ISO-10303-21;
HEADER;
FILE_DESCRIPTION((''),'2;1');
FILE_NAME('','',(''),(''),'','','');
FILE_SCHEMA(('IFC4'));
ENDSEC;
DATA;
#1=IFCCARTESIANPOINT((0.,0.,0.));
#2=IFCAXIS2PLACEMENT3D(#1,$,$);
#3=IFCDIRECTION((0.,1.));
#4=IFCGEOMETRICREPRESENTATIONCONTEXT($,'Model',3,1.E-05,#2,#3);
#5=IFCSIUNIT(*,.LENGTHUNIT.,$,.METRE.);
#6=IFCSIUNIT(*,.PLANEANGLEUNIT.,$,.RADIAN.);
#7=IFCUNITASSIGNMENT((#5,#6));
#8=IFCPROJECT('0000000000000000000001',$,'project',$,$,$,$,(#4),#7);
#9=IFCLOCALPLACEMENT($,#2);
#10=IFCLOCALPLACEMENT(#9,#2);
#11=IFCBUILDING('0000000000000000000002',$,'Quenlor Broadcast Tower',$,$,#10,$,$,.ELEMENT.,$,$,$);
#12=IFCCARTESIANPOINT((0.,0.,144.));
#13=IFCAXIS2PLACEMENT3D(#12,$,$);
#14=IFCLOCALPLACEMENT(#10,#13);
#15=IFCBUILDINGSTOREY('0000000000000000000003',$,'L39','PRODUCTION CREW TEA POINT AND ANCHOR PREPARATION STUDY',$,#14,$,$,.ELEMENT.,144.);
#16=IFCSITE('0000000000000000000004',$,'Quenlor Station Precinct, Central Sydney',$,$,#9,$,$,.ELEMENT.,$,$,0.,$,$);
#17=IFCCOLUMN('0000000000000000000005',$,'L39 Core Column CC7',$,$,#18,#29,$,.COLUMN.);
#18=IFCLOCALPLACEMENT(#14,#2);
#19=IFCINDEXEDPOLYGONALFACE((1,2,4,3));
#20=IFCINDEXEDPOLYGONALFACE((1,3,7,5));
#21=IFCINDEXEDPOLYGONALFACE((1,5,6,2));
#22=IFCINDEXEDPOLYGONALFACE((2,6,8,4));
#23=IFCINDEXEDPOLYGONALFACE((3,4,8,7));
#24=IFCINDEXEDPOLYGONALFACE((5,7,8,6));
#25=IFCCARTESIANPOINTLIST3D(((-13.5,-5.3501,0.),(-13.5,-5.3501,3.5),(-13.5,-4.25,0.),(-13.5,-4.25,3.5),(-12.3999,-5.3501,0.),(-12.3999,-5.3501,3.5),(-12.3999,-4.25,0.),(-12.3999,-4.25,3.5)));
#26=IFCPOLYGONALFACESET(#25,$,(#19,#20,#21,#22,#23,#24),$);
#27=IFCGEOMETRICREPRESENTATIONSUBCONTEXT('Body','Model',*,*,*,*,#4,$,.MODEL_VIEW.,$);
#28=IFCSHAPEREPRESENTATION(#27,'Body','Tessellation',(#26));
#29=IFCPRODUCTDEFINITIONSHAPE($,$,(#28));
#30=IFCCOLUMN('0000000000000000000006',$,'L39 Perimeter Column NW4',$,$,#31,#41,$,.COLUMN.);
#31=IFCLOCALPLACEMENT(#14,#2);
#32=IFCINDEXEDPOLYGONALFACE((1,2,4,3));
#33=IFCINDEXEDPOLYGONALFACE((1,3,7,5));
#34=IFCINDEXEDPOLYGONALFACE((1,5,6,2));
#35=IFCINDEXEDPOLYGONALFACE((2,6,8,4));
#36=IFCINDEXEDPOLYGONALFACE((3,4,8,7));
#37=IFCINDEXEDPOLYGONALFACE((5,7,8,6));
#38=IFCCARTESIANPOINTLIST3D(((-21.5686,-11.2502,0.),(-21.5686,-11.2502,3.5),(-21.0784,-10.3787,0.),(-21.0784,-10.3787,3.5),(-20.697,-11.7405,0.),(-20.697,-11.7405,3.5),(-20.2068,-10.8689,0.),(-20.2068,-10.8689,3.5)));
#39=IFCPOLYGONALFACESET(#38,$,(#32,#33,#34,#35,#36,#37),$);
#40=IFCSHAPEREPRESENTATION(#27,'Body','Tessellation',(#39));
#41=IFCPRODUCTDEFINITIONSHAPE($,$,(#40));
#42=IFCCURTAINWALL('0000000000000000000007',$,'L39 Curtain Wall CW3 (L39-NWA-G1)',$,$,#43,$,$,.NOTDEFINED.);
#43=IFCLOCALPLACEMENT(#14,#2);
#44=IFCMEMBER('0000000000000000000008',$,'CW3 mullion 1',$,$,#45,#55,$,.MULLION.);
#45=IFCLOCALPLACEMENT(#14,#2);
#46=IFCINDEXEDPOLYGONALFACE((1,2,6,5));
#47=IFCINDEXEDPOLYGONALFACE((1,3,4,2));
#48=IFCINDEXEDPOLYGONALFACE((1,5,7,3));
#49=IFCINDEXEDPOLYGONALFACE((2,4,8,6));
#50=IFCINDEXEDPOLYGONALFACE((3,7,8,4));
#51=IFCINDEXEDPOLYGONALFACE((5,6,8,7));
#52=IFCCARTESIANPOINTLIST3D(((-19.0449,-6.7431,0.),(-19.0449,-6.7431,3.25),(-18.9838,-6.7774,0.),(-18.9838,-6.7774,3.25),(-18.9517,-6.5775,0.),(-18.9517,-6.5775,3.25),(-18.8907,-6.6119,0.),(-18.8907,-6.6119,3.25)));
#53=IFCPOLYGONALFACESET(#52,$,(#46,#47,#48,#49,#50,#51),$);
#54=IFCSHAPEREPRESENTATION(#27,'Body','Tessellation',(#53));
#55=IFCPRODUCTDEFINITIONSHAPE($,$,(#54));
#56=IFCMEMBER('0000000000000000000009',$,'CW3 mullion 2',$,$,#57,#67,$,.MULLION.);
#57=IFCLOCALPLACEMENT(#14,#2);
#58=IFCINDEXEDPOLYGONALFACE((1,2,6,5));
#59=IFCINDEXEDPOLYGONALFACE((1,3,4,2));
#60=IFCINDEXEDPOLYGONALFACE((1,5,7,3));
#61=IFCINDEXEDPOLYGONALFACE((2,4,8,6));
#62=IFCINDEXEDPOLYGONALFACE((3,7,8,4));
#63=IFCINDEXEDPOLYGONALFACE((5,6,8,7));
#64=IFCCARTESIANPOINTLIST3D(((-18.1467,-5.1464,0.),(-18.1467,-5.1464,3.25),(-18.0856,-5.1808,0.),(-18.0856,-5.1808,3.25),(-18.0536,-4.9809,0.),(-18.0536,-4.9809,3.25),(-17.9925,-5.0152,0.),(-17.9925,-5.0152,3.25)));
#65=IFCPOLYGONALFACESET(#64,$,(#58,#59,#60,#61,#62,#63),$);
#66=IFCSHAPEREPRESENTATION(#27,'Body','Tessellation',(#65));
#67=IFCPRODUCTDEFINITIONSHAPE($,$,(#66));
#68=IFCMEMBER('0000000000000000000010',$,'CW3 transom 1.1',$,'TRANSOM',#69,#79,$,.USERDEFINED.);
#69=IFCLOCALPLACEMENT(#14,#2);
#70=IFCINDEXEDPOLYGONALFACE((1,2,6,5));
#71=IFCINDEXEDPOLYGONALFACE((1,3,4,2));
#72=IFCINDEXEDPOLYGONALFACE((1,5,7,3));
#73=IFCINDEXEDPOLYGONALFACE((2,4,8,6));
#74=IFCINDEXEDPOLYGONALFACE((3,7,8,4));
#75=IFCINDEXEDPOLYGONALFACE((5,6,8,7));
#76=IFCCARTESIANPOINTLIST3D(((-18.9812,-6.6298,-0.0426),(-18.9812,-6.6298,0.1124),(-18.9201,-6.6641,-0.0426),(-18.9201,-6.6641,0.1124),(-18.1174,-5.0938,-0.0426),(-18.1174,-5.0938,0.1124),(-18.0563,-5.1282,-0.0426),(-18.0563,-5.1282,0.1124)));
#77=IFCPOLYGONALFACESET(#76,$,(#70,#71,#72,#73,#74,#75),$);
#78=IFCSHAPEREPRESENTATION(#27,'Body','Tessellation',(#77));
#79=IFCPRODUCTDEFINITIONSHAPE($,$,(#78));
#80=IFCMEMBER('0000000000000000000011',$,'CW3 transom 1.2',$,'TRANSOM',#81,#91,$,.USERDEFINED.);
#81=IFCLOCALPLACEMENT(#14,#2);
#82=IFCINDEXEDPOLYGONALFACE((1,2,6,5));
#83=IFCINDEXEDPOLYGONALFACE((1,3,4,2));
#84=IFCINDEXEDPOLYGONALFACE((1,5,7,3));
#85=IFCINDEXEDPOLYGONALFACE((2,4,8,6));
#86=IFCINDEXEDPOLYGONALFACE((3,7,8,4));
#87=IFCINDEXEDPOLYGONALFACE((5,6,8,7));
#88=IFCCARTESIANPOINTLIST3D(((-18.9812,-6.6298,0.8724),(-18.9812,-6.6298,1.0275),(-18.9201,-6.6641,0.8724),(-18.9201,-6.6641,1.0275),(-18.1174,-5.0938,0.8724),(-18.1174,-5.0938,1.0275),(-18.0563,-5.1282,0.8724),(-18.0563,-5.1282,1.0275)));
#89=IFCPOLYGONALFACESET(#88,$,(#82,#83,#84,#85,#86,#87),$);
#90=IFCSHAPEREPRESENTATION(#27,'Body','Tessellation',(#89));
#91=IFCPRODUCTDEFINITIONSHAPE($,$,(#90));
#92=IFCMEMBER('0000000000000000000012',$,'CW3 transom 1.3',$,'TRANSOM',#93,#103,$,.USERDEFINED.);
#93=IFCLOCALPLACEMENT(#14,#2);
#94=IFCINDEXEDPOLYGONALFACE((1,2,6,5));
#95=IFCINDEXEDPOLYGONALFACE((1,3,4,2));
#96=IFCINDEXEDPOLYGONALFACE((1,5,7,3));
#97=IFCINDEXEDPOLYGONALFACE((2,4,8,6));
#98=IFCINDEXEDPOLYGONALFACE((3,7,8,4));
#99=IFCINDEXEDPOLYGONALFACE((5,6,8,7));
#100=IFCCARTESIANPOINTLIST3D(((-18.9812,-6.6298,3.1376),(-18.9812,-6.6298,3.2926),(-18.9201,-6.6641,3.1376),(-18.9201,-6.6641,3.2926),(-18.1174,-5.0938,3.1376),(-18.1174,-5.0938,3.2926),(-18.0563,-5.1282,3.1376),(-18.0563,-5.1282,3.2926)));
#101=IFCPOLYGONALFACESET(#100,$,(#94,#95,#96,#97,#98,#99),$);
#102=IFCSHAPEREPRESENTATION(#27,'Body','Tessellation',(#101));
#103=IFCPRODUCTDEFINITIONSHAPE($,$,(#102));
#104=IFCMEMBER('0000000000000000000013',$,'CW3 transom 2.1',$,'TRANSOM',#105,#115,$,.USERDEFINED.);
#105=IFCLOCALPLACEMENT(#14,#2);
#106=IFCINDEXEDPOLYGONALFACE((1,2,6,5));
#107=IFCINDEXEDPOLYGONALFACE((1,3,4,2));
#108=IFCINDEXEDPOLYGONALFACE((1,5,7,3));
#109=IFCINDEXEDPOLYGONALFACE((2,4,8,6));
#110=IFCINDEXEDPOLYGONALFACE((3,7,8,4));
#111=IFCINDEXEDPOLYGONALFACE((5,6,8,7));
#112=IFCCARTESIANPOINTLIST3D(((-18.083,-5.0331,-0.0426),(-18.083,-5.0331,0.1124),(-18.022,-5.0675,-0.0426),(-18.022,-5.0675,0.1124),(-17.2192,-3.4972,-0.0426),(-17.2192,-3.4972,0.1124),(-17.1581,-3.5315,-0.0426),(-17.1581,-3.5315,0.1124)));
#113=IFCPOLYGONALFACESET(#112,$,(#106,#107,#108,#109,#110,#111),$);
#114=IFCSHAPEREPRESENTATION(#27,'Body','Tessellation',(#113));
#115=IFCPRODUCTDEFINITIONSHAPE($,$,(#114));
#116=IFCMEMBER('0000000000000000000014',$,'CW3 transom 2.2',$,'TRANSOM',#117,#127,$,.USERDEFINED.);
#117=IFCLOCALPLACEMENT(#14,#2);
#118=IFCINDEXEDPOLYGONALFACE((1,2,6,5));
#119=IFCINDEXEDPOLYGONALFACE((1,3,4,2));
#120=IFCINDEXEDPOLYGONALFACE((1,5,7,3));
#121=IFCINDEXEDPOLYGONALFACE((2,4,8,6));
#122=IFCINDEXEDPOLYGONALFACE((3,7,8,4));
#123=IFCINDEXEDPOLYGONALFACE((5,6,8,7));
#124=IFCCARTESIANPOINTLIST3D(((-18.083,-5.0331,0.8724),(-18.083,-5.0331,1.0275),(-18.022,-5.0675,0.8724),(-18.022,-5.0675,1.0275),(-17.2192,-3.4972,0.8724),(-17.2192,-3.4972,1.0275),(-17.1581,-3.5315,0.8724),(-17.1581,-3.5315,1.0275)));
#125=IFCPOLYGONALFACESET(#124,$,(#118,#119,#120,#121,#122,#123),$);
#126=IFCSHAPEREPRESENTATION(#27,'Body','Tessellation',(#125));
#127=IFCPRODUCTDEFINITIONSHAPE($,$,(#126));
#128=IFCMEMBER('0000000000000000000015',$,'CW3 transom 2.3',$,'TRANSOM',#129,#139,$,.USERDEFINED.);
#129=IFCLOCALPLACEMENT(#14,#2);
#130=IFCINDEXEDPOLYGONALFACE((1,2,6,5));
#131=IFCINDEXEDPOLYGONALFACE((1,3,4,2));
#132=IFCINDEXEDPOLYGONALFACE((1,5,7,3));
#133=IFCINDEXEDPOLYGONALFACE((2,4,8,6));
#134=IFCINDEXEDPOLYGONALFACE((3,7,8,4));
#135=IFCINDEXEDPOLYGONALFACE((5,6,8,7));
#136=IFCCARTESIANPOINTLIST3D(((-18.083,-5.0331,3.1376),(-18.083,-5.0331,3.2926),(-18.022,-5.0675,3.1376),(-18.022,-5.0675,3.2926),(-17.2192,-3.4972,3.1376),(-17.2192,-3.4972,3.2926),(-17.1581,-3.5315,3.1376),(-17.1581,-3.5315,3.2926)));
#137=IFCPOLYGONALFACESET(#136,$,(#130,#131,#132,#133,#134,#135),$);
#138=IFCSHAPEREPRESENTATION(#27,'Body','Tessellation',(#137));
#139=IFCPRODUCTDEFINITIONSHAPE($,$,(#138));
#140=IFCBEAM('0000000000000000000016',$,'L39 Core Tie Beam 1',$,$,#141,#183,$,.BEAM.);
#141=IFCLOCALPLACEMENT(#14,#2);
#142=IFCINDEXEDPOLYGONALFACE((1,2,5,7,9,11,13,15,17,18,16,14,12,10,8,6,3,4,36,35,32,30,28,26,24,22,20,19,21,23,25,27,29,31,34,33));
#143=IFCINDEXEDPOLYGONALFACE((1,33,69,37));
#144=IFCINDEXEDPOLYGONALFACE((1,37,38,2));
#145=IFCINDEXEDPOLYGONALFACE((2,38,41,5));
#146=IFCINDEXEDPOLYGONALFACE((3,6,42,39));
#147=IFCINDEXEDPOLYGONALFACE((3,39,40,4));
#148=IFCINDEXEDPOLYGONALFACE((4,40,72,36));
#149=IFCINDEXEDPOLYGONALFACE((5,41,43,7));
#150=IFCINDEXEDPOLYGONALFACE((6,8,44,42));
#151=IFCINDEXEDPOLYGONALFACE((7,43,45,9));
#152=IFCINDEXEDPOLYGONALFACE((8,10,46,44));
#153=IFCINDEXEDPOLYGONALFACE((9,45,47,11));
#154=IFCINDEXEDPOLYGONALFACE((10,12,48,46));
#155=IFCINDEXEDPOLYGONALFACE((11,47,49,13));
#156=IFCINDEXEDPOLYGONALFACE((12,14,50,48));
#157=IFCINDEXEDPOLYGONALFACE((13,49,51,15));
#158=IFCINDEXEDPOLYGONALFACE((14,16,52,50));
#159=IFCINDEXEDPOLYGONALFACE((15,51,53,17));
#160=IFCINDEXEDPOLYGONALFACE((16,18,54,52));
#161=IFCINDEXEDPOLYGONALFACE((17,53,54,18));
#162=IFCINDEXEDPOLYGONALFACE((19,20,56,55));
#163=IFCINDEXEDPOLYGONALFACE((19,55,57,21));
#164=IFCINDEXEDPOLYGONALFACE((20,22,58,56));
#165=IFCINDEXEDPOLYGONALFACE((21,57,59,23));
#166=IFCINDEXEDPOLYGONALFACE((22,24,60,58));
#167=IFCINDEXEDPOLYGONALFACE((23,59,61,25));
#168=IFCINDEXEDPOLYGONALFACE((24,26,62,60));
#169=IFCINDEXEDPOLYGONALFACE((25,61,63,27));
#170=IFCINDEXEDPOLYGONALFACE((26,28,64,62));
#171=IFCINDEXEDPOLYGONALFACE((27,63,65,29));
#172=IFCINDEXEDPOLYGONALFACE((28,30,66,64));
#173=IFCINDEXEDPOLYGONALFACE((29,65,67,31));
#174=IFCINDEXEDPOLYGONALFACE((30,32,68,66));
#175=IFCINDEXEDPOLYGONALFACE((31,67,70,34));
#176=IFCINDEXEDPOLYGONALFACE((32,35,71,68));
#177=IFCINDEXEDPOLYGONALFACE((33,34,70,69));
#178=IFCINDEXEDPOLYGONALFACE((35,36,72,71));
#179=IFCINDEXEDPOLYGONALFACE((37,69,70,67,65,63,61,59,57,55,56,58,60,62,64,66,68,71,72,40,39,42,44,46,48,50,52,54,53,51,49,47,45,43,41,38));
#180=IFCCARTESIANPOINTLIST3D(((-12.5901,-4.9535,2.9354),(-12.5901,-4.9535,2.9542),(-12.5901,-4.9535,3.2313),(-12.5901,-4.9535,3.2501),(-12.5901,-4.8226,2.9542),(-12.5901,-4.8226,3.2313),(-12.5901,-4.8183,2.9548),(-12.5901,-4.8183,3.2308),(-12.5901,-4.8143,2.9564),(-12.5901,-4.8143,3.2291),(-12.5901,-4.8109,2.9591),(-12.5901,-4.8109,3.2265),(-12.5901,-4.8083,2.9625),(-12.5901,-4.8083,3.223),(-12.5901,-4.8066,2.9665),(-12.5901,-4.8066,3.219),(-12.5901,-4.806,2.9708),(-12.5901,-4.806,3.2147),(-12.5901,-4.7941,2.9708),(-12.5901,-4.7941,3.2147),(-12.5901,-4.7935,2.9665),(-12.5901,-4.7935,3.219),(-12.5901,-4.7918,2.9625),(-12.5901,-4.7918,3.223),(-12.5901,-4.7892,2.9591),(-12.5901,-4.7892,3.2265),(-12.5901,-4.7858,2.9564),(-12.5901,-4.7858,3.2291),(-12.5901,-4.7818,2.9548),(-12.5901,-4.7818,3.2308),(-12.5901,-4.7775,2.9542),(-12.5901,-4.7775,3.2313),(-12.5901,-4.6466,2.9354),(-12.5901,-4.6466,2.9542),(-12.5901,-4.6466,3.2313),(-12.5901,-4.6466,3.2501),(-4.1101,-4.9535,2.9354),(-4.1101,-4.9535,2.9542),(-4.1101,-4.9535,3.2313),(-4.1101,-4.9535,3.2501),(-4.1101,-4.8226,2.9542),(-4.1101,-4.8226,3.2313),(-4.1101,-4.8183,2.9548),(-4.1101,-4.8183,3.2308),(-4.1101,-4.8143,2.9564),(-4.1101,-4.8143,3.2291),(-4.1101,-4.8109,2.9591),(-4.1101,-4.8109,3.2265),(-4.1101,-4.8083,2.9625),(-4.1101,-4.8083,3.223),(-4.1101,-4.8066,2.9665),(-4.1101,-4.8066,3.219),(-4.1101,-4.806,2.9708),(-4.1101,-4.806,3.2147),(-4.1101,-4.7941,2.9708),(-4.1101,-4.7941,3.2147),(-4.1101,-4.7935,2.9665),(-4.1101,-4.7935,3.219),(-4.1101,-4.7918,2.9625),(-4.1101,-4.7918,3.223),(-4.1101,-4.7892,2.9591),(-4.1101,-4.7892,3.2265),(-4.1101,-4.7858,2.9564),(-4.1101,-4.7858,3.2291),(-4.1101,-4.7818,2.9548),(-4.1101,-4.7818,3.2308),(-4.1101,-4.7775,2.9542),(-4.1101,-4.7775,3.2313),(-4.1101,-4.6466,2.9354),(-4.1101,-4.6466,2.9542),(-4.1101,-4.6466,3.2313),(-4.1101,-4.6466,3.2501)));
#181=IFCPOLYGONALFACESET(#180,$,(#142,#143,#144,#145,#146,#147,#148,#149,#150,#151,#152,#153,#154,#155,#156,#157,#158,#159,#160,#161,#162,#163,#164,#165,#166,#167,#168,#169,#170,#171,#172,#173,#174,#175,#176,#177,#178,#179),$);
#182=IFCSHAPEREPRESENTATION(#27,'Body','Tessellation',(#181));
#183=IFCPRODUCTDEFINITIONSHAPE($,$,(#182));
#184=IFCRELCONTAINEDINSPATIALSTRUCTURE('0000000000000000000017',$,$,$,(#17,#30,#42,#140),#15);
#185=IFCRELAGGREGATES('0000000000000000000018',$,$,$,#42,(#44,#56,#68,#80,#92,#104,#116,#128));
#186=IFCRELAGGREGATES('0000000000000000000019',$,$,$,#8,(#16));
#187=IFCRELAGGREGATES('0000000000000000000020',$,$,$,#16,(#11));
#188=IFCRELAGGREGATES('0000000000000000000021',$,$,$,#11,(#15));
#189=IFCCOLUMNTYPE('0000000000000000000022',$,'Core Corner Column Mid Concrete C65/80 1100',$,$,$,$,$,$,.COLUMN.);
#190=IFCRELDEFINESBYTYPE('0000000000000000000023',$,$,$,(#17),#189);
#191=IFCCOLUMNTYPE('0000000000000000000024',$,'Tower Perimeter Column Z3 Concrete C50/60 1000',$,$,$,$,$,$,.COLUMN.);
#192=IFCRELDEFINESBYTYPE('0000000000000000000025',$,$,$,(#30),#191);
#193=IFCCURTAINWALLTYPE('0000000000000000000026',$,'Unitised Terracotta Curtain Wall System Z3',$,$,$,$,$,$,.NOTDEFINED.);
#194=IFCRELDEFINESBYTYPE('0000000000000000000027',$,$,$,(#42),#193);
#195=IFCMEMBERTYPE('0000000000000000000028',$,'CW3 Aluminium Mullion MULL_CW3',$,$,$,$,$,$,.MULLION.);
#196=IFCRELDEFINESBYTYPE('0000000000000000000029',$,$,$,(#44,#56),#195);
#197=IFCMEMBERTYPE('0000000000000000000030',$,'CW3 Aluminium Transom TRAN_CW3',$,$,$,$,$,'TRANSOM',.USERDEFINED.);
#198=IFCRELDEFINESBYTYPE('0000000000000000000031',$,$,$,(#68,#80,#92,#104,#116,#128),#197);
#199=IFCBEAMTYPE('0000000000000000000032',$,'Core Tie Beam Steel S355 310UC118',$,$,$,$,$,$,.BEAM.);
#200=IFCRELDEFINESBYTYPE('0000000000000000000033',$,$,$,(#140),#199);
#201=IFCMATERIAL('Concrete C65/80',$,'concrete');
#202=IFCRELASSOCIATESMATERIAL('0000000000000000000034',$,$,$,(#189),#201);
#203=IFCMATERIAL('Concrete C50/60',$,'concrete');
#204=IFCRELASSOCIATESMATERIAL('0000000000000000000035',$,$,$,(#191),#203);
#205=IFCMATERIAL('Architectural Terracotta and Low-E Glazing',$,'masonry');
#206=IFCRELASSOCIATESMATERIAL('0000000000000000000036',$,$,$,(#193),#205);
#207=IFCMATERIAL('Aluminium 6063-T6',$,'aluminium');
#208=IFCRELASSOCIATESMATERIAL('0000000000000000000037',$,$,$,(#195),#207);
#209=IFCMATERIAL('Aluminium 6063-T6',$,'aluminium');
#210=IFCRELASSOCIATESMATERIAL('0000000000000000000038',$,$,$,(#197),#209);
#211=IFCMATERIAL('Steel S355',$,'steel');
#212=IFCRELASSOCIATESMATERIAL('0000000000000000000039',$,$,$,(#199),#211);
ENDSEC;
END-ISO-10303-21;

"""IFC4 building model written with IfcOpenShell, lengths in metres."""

from ifc_helpers import new_model, si_unit, direction, frame, origin, origin_2d, place, context, subcontext, project, spatial, rectangle, i_section, extrude, material, material_profile, profile_set, type_object, element, aggregate, save


model = new_model("IFC4")

# Units and contexts
model_context = context("Model", 3, precision=1e-05, world=origin(), true_north=direction((0.0, 1.0)))
body_context = subcontext(model_context, "Body", "Model", "MODEL_VIEW")
ifc_project = project(units=[si_unit("LENGTHUNIT", "METRE"), si_unit("PLANEANGLEUNIT", "RADIAN")], contexts=[model_context])

# Site, building, storey
site_placement = place(None, origin())
site = spatial("IfcSite", under=ifc_project, at=site_placement, Name="Quenlor Station Precinct, Central Sydney", CompositionType="ELEMENT", RefElevation=0.0)
building_placement = place(site_placement, origin())
building = spatial("IfcBuilding", under=site, at=building_placement, Name="Quenlor Broadcast Tower", CompositionType="ELEMENT")
storey_placement = place(building_placement, frame((0.0, 0.0, 144.0)))
storey = spatial("IfcBuildingStorey", under=building, at=storey_placement, Name="L39", Description="PRODUCTION CREW TEA POINT AND ANCHOR PREPARATION STUDY", CompositionType="ELEMENT", Elevation=144.0)

# Columns
ifc_material_1 = material(Name="Concrete C65/80", Category="concrete")
ifc_material_profile_1 = material_profile(ifc_material_1, rectangle(XDim=1.1001, YDim=1.1001, at=origin_2d()))
ifc_profile_set_1 = profile_set([ifc_material_profile_1], Name="Concrete C65/80 RC1100x1100")
column_type_1 = type_object("IfcColumnType", Name="Core Corner Column Mid Concrete C65/80 1100", PredefinedType="COLUMN", material=ifc_profile_set_1)
column_1_placement = place(storey_placement, frame((-12.95, -4.8, 0.0), z_axis=(0.0, 0.0, 1.0), x_axis=(1.0, 0.0, 0.0)))
element("IfcColumn", 1, at=column_1_placement, inside=storey, type_object=column_type_1, Name="L39 Core Column CC7", PredefinedType="COLUMN", context=body_context, shape_type="SweptSolid", body=[
    extrude(rectangle(XDim=1.1001, YDim=1.1001, at=origin_2d()), origin(), (0.0, 0.0, 1.0), 3.5),
])
ifc_material_2 = material(Name="Concrete C50/60", Category="concrete")
ifc_material_profile_2 = material_profile(ifc_material_2, rectangle(XDim=1.0, YDim=1.0, at=origin_2d()))
ifc_profile_set_2 = profile_set([ifc_material_profile_2], Name="Concrete C50/60 RC1000x1000")
column_type_2 = type_object("IfcColumnType", Name="Tower Perimeter Column Z3 Concrete C50/60 1000", PredefinedType="COLUMN", material=ifc_profile_set_2)
column_2_placement = place(storey_placement, frame((-20.8877, -11.0596, 0.0), z_axis=(0.0, 0.0, 1.0), x_axis=(-0.871575, 0.490262, 0.0)))
element("IfcColumn", 2, at=column_2_placement, inside=storey, type_object=column_type_2, Name="L39 Perimeter Column NW4", PredefinedType="COLUMN", context=body_context, shape_type="SweptSolid", body=[
    extrude(rectangle(XDim=1.0, YDim=1.0, at=origin_2d()), origin(), (0.0, 0.0, 1.0), 3.5),
])

# Curtain wall, members
ifc_material_3 = material(Name="Architectural Terracotta and Low-E Glazing", Category="masonry")
curtain_wall_type = type_object("IfcCurtainWallType", Name="Unitised Terracotta Curtain Wall System Z3", PredefinedType="NOTDEFINED", material=ifc_material_3)
curtain_wall_placement = place(storey_placement, origin())
curtain_wall = element("IfcCurtainWall", 3, at=curtain_wall_placement, inside=storey, type_object=curtain_wall_type, Name="L39 Curtain Wall CW3 (L39-NWA-G1)", PredefinedType="NOTDEFINED")
ifc_material_4 = material(Name="Aluminium 6063-T6", Category="aluminium")
ifc_material_profile_3 = material_profile(ifc_material_4, rectangle(XDim=0.0701, YDim=0.1899, at=origin_2d()))
ifc_profile_set_3 = profile_set([ifc_material_profile_3], Name="Aluminium 6063-T6 MULL70x190")
member_type_1 = type_object("IfcMemberType", Name="CW3 Aluminium Mullion MULL_CW3", PredefinedType="MULLION", material=ifc_profile_set_3)
member_1_placement = place(storey_placement, frame((-18.9678, -6.6775, 0.0), z_axis=(0.0, 0.0, 1.0), x_axis=(-0.871577, 0.490259, 0.0)))
member_1 = element("IfcMember", 4, at=member_1_placement, type_object=member_type_1, Name="CW3 mullion 1", PredefinedType="MULLION", context=body_context, shape_type="SweptSolid", body=[
    extrude(rectangle(XDim=0.0701, YDim=0.1899, at=origin_2d()), origin(), (0.0, 0.0, 1.0), 3.25),
])
member_2_placement = place(storey_placement, frame((-18.0696, -5.0808, 0.0), z_axis=(0.0, 0.0, 1.0), x_axis=(-0.871577, 0.490259, 0.0)))
member_2 = element("IfcMember", 5, at=member_2_placement, type_object=member_type_1, Name="CW3 mullion 2", PredefinedType="MULLION", context=body_context, shape_type="SweptSolid", body=[
    extrude(rectangle(XDim=0.0701, YDim=0.1899, at=origin_2d()), origin(), (0.0, 0.0, 1.0), 3.25),
])
ifc_material_5 = material(Name="Aluminium 6063-T6", Category="aluminium")
ifc_material_profile_4 = material_profile(ifc_material_5, rectangle(XDim=0.0701, YDim=0.155, at=origin_2d()))
ifc_profile_set_4 = profile_set([ifc_material_profile_4], Name="Aluminium 6063-T6 TRAN70x155")
member_type_2 = type_object("IfcMemberType", Name="CW3 Aluminium Transom TRAN_CW3", ElementType="TRANSOM", PredefinedType="USERDEFINED", material=ifc_profile_set_4)
member_3_placement = place(storey_placement, frame((-18.9507, -6.647, 0.0349), z_axis=(0.490189, 0.871616, 0.0), x_axis=(-0.871616, 0.490189, 0.0)))
member_3 = element("IfcMember", 6, at=member_3_placement, type_object=member_type_2, Name="CW3 transom 1.1", ObjectType="TRANSOM", PredefinedType="USERDEFINED", context=body_context, shape_type="SweptSolid", body=[
    extrude(rectangle(XDim=0.0701, YDim=0.155, at=origin_2d()), origin(), (0.0, 0.0, 1.0), 1.7622),
])
member_4_placement = place(storey_placement, frame((-18.9507, -6.647, 0.95), z_axis=(0.490189, 0.871616, 0.0), x_axis=(-0.871616, 0.490189, 0.0)))
member_4 = element("IfcMember", 7, at=member_4_placement, type_object=member_type_2, Name="CW3 transom 1.2", ObjectType="TRANSOM", PredefinedType="USERDEFINED", context=body_context, shape_type="SweptSolid", body=[
    extrude(rectangle(XDim=0.0701, YDim=0.155, at=origin_2d()), origin(), (0.0, 0.0, 1.0), 1.7622),
])
member_5_placement = place(storey_placement, frame((-18.9507, -6.647, 3.2151), z_axis=(0.490189, 0.871616, 0.0), x_axis=(-0.871616, 0.490189, 0.0)))
member_5 = element("IfcMember", 8, at=member_5_placement, type_object=member_type_2, Name="CW3 transom 1.3", ObjectType="TRANSOM", PredefinedType="USERDEFINED", context=body_context, shape_type="SweptSolid", body=[
    extrude(rectangle(XDim=0.0701, YDim=0.155, at=origin_2d()), origin(), (0.0, 0.0, 1.0), 1.7622),
])
member_6_placement = place(storey_placement, frame((-18.0525, -5.0503, 0.0349), z_axis=(0.490189, 0.871616, 0.0), x_axis=(-0.871616, 0.490189, 0.0)))
member_6 = element("IfcMember", 9, at=member_6_placement, type_object=member_type_2, Name="CW3 transom 2.1", ObjectType="TRANSOM", PredefinedType="USERDEFINED", context=body_context, shape_type="SweptSolid", body=[
    extrude(rectangle(XDim=0.0701, YDim=0.155, at=origin_2d()), origin(), (0.0, 0.0, 1.0), 1.7622),
])
member_7_placement = place(storey_placement, frame((-18.0525, -5.0503, 0.95), z_axis=(0.490189, 0.871616, 0.0), x_axis=(-0.871616, 0.490189, 0.0)))
member_7 = element("IfcMember", 10, at=member_7_placement, type_object=member_type_2, Name="CW3 transom 2.2", ObjectType="TRANSOM", PredefinedType="USERDEFINED", context=body_context, shape_type="SweptSolid", body=[
    extrude(rectangle(XDim=0.0701, YDim=0.155, at=origin_2d()), origin(), (0.0, 0.0, 1.0), 1.7622),
])
member_8_placement = place(storey_placement, frame((-18.0525, -5.0503, 3.2151), z_axis=(0.490189, 0.871616, 0.0), x_axis=(-0.871616, 0.490189, 0.0)))
member_8 = element("IfcMember", 11, at=member_8_placement, type_object=member_type_2, Name="CW3 transom 2.3", ObjectType="TRANSOM", PredefinedType="USERDEFINED", context=body_context, shape_type="SweptSolid", body=[
    extrude(rectangle(XDim=0.0701, YDim=0.155, at=origin_2d()), origin(), (0.0, 0.0, 1.0), 1.7622),
])

# Beam
ifc_material_6 = material(Name="Steel S355", Category="steel")
ifc_material_profile_5 = material_profile(ifc_material_6, i_section(OverallWidth=0.3069, OverallDepth=0.3147, WebThickness=0.012, FlangeThickness=0.0188, FilletRadius=0.0166, at=origin_2d()))
ifc_profile_set_5 = profile_set([ifc_material_profile_5], Name="Steel S355 310UC118")
beam_type_1 = type_object("IfcBeamType", Name="Core Tie Beam Steel S355 310UC118", PredefinedType="BEAM", material=ifc_profile_set_5)
beam_1_placement = place(storey_placement, frame((-12.5901, -4.8, 3.0928), z_axis=(1.0, 0.0, 0.0), x_axis=(0.0, 1.0, 0.0)))
element("IfcBeam", 12, at=beam_1_placement, inside=storey, type_object=beam_type_1, Name="L39 Core Tie Beam 1", PredefinedType="BEAM", context=body_context, shape_type="SweptSolid", body=[
    extrude(i_section(OverallWidth=0.3069, OverallDepth=0.3147, WebThickness=0.012, FlangeThickness=0.0188, FilletRadius=0.0166, at=origin_2d()), origin(), (0.0, 0.0, 1.0), 8.48),
])

aggregate(curtain_wall, [member_1, member_2, member_3, member_4, member_5, member_6, member_7, member_8])

save(model, "model.ifc")
